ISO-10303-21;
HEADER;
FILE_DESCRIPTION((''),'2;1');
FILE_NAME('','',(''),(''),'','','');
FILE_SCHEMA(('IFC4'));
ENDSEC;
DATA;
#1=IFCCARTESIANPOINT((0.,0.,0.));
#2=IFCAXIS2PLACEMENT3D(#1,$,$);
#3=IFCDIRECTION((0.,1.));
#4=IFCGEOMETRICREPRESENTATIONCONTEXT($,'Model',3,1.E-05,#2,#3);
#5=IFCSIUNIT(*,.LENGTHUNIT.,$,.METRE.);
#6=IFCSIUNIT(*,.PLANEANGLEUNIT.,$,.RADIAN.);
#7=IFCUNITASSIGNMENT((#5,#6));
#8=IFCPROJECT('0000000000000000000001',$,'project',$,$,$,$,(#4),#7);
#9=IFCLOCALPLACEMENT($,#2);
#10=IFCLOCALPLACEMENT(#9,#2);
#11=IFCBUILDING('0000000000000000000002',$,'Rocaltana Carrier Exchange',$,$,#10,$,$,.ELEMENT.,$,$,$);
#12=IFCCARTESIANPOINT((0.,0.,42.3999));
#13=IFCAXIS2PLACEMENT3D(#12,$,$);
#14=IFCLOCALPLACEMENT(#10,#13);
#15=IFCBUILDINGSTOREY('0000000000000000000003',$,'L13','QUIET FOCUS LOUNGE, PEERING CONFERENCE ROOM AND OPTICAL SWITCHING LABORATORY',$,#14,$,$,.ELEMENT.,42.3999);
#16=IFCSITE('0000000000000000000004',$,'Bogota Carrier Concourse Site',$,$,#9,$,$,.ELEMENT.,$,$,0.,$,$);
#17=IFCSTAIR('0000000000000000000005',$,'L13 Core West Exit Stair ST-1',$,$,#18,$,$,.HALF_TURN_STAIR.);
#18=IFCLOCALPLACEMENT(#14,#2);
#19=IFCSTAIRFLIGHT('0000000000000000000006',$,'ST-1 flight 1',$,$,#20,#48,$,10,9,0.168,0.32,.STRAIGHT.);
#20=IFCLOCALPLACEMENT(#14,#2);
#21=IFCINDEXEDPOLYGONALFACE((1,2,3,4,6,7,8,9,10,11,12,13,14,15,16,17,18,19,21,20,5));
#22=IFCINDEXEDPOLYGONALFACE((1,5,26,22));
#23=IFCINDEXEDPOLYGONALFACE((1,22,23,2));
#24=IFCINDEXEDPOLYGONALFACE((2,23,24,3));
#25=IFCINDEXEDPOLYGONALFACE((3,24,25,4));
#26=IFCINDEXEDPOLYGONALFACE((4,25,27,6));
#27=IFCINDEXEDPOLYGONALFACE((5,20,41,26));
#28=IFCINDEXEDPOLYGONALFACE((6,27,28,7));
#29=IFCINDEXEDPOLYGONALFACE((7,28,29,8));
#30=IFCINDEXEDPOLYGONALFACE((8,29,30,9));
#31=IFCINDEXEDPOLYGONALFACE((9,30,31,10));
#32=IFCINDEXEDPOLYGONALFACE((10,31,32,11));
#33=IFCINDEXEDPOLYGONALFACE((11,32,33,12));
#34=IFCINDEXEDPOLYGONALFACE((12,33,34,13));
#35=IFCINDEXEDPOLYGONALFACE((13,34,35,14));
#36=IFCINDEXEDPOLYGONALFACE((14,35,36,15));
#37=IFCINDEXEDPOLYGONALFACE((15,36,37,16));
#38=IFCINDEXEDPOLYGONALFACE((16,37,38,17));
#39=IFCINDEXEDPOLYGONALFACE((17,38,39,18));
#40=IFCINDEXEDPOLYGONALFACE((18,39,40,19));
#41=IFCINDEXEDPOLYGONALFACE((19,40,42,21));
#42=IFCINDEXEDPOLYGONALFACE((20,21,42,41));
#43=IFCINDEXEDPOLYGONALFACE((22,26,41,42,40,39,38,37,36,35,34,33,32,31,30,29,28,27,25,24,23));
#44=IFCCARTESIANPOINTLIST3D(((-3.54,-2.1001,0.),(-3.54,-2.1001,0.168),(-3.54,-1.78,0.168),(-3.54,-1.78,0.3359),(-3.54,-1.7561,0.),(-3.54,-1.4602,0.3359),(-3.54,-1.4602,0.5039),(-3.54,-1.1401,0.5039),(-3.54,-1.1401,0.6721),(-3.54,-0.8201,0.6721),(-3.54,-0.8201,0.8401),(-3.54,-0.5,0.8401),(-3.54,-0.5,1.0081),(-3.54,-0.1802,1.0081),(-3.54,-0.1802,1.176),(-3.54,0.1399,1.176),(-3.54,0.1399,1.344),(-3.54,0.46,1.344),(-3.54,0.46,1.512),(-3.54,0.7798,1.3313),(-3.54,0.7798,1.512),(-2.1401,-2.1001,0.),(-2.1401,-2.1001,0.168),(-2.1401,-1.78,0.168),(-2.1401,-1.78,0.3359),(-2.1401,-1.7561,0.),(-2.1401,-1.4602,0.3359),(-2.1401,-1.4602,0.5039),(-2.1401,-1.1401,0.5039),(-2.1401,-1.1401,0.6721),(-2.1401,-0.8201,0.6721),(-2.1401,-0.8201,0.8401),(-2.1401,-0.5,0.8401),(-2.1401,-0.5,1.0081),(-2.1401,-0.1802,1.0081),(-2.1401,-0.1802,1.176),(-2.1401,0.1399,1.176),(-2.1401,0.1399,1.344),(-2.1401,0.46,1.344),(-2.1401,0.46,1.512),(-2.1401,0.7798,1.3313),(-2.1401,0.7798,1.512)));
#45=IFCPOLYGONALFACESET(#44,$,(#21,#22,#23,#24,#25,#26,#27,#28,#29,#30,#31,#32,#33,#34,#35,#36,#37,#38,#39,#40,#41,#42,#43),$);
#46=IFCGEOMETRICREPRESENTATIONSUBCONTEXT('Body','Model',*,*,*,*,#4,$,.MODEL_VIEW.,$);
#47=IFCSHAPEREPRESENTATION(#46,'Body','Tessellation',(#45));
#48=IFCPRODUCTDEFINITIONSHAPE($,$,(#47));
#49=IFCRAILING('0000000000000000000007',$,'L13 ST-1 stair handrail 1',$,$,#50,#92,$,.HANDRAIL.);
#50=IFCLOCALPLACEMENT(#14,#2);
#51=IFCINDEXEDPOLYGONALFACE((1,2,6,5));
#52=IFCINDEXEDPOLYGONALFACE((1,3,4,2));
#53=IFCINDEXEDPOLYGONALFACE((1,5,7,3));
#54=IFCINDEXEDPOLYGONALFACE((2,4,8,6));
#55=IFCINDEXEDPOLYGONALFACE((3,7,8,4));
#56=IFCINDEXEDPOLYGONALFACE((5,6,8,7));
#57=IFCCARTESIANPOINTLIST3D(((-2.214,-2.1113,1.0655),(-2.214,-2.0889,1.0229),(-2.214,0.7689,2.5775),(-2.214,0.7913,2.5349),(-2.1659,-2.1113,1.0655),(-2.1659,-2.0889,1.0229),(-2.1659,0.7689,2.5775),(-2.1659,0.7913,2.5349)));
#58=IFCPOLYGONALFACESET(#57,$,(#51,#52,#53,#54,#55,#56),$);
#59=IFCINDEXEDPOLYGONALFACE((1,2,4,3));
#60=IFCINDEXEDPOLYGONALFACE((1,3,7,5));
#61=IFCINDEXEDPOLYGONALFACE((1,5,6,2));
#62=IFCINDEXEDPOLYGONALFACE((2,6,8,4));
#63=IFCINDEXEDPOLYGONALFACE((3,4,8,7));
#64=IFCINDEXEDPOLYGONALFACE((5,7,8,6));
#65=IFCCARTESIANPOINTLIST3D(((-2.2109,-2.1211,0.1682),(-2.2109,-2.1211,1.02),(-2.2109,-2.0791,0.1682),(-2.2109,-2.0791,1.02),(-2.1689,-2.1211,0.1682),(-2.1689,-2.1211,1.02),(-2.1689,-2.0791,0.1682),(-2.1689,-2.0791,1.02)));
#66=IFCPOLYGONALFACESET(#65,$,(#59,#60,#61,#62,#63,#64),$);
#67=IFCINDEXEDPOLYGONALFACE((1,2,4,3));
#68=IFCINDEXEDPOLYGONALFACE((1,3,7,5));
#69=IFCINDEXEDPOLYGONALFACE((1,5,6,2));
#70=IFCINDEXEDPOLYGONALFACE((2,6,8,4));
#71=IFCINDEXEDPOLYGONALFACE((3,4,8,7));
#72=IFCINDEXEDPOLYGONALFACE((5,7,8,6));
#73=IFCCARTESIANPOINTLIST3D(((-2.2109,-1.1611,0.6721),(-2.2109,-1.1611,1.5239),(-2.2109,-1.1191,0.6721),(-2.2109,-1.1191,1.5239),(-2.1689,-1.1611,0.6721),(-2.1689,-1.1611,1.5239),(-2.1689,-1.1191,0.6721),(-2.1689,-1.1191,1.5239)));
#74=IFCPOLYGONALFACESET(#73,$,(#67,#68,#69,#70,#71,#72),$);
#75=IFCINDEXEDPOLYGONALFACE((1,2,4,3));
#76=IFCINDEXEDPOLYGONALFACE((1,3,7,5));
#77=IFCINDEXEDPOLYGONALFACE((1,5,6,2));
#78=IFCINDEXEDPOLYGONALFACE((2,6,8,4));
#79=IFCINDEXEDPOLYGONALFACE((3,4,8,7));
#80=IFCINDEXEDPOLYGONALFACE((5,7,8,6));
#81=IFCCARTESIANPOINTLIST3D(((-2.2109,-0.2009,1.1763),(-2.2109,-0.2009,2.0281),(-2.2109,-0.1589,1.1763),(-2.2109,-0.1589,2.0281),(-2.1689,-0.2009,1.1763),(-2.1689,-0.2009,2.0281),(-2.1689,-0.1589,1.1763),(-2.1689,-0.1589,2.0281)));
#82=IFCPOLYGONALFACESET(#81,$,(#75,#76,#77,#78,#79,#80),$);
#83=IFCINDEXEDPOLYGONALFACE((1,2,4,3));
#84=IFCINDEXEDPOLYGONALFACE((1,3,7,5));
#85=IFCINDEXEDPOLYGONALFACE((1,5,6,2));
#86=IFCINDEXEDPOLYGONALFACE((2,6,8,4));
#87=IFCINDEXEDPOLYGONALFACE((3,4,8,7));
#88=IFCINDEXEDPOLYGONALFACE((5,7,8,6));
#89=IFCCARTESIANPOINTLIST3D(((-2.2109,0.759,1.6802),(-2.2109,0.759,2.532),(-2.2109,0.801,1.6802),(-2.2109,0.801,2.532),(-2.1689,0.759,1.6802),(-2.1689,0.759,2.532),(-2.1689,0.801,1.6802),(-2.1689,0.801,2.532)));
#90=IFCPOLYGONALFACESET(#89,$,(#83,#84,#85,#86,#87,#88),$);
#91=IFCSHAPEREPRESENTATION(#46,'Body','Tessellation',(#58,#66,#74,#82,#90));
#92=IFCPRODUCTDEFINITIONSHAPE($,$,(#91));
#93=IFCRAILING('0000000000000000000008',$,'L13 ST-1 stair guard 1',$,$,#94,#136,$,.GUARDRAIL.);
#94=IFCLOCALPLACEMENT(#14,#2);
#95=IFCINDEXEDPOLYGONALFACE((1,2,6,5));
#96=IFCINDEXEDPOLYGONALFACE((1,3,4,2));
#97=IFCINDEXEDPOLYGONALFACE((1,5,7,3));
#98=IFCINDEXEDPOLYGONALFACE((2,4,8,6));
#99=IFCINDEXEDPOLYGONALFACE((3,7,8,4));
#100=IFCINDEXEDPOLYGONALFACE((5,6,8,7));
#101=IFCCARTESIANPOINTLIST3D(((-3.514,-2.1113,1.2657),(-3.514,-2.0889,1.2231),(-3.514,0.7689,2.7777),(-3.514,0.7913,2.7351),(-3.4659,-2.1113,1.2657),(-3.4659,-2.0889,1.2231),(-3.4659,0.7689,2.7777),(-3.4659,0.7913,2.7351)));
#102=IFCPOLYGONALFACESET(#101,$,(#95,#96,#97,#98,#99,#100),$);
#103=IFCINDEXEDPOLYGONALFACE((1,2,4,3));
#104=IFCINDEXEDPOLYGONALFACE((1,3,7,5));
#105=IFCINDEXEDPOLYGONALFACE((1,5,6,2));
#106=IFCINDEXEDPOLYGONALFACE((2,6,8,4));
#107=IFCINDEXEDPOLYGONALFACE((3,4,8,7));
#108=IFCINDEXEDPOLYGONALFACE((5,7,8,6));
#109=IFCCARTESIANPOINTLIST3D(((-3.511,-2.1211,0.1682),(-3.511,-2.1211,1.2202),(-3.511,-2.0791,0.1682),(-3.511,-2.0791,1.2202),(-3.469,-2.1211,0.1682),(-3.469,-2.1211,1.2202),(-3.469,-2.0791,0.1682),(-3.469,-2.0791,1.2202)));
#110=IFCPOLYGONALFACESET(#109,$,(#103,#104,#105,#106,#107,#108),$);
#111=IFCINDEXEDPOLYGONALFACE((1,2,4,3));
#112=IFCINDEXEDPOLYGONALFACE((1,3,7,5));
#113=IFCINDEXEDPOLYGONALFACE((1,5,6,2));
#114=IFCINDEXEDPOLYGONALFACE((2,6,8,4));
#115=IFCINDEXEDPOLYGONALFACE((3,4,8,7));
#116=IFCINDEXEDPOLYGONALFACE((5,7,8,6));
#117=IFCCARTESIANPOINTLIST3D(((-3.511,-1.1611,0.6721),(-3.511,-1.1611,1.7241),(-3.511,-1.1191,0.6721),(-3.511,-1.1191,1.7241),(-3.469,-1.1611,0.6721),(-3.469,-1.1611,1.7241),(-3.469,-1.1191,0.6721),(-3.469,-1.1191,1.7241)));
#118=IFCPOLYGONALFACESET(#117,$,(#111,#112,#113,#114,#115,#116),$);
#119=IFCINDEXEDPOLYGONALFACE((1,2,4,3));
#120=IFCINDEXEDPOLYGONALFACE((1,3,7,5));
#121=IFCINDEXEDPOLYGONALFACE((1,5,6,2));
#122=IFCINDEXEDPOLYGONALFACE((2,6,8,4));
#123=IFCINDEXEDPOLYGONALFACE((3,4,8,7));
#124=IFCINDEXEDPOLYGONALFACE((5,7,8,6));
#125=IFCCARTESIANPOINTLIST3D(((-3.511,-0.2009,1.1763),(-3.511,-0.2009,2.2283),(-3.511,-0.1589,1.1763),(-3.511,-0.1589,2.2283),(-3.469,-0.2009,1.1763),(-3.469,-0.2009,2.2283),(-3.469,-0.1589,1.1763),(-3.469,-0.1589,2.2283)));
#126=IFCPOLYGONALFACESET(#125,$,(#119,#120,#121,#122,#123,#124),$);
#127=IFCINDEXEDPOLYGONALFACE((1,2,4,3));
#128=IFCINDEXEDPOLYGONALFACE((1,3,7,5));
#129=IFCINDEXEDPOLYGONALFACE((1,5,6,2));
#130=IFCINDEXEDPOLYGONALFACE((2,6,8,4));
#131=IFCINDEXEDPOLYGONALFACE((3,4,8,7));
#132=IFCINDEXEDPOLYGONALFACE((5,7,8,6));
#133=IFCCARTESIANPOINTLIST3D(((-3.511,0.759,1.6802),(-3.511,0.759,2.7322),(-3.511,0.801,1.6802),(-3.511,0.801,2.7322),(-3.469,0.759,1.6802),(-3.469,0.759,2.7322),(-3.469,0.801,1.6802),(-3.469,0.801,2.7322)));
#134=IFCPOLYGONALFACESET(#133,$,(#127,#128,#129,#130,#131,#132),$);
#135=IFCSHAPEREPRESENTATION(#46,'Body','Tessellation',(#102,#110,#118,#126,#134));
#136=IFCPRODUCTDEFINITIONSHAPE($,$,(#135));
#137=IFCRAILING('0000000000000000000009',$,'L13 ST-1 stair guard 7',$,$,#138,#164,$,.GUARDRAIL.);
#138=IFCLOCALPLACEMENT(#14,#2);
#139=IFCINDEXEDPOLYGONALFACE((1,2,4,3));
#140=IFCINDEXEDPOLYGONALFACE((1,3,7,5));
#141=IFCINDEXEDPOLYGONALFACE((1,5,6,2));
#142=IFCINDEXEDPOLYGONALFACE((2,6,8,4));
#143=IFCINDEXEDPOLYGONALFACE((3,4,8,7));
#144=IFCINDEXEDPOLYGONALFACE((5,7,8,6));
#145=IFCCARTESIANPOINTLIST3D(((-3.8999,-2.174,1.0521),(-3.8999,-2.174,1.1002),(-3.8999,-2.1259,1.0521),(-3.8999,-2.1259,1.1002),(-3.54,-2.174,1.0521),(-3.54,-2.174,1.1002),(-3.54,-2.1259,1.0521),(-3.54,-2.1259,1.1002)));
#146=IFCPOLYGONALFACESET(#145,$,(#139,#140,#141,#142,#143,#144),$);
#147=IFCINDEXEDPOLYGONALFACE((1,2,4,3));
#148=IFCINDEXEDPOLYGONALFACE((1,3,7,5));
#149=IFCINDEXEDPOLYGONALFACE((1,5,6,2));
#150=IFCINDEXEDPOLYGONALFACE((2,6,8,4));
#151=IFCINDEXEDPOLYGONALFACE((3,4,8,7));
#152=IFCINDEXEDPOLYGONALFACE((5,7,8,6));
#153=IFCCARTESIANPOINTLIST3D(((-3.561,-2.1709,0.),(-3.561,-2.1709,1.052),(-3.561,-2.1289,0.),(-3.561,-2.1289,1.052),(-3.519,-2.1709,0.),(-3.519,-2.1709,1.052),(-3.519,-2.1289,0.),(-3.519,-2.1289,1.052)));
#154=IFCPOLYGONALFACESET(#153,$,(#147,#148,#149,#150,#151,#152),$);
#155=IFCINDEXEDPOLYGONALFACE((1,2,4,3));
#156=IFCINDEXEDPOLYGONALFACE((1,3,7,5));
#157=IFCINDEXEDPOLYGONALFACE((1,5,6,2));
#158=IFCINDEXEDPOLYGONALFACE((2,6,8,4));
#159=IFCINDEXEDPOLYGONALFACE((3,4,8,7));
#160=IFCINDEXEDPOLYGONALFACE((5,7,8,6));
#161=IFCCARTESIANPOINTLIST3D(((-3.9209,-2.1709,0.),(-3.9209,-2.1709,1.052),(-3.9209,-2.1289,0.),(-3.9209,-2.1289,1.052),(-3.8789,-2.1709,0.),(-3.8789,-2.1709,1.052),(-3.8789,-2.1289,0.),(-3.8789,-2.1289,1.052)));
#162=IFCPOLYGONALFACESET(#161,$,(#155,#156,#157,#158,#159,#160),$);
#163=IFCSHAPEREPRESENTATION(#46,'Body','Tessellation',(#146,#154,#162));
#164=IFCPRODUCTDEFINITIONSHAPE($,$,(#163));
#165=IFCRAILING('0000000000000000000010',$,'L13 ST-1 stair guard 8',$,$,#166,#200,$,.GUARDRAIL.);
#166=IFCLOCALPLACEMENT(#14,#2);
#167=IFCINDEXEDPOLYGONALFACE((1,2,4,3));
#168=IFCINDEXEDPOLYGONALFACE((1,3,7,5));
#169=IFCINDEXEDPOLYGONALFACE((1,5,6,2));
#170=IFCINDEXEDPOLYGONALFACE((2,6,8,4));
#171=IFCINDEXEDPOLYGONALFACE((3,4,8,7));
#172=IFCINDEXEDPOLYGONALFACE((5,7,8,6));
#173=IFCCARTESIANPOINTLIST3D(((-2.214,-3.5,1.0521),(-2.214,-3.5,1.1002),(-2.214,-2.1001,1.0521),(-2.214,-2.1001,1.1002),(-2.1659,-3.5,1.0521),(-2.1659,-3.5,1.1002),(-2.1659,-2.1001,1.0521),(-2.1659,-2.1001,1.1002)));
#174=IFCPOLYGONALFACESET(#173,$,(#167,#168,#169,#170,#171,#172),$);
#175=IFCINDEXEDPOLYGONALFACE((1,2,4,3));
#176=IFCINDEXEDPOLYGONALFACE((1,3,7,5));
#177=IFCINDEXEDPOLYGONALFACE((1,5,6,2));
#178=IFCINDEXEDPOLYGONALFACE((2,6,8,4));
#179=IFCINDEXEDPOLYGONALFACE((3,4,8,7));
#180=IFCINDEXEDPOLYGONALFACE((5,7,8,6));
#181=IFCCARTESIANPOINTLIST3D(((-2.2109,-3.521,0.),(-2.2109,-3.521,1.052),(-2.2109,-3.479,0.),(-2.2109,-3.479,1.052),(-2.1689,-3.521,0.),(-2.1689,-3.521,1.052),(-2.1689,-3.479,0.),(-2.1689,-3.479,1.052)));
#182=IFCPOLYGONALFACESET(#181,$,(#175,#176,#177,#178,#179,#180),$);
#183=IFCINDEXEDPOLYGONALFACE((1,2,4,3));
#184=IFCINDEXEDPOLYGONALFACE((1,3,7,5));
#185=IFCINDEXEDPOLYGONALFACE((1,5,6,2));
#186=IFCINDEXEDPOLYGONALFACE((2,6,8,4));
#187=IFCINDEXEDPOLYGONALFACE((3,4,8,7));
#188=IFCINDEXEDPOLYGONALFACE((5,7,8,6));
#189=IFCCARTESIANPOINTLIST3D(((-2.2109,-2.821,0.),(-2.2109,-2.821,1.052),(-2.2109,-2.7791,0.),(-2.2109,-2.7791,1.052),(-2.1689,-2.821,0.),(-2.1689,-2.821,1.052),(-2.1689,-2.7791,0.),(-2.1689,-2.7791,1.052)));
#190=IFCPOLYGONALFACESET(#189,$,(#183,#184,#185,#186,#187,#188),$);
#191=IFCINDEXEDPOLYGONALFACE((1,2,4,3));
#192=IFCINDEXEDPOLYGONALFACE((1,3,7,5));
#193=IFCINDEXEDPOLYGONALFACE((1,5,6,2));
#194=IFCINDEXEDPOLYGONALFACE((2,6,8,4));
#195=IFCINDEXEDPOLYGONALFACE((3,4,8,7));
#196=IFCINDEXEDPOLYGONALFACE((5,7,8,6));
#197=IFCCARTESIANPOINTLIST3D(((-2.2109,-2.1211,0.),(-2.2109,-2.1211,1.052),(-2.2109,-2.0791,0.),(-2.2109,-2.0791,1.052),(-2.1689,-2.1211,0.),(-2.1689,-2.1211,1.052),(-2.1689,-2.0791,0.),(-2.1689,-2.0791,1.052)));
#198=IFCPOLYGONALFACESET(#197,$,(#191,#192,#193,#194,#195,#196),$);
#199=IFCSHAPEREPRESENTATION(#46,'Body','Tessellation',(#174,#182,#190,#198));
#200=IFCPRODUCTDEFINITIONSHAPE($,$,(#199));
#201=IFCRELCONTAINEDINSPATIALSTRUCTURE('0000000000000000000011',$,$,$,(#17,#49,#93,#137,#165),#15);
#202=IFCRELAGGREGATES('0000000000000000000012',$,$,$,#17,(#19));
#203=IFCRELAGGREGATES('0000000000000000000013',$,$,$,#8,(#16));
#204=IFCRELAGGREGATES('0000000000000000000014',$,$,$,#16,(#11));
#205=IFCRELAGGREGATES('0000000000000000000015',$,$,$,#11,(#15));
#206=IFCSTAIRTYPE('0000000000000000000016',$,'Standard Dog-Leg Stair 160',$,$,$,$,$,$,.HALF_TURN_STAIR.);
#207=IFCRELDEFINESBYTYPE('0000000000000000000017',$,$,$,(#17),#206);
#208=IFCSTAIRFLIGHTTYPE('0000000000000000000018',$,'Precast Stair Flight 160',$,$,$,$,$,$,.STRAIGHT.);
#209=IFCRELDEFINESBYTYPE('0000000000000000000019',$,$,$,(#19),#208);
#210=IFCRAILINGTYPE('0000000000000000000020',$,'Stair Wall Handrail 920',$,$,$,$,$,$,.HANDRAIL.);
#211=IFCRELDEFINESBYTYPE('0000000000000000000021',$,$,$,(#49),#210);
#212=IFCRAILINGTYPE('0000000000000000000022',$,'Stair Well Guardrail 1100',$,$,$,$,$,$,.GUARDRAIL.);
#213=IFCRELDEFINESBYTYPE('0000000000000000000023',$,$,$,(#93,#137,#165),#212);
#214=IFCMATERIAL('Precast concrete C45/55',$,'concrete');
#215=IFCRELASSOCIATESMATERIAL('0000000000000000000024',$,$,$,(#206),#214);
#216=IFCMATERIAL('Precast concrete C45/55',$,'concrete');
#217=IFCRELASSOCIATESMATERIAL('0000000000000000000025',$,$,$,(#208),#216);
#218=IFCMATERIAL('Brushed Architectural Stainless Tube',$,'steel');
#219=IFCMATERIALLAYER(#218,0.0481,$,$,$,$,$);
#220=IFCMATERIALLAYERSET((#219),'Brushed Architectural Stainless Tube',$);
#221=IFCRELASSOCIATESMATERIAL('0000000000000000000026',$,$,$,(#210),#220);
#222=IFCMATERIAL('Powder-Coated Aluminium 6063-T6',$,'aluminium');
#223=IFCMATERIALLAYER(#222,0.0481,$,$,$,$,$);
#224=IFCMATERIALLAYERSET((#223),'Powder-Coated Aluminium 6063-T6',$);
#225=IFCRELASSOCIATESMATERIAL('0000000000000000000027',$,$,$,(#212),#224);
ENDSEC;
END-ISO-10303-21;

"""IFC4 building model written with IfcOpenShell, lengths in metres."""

from ifc_helpers import new_model, si_unit, direction, frame, origin, origin_2d, place, context, subcontext, project, spatial, polyline, rectangle, outline, extrude, material, layer, layer_set, type_object, element, aggregate, save


model = new_model("IFC4")

# Units and contexts
model_context = context("Model", 3, precision=1e-05, world=origin(), true_north=direction((0.0, 1.0)))
body_context = subcontext(model_context, "Body", "Model", "MODEL_VIEW")
ifc_project = project(units=[si_unit("LENGTHUNIT", "METRE"), si_unit("PLANEANGLEUNIT", "RADIAN")], contexts=[model_context])

# Site, building, storey
site_placement = place(None, origin())
site = spatial("IfcSite", under=ifc_project, at=site_placement, Name="Bogota Carrier Concourse Site", CompositionType="ELEMENT", RefElevation=0.0)
building_placement = place(site_placement, origin())
building = spatial("IfcBuilding", under=site, at=building_placement, Name="Rocaltana Carrier Exchange", CompositionType="ELEMENT")
storey_placement = place(building_placement, frame((0.0, 0.0, 42.3999)))
storey = spatial("IfcBuildingStorey", under=building, at=storey_placement, Name="L13", Description="QUIET FOCUS LOUNGE, PEERING CONFERENCE ROOM AND OPTICAL SWITCHING LABORATORY", CompositionType="ELEMENT", Elevation=42.3999)

# Stair, stair flight
ifc_material_1 = material(Name="Precast concrete C45/55", Category="concrete")
stair_type = type_object("IfcStairType", Name="Standard Dog-Leg Stair 160", PredefinedType="HALF_TURN_STAIR", material=ifc_material_1)
stair_placement = place(storey_placement, origin())
stair = element("IfcStair", 1, at=stair_placement, inside=storey, type_object=stair_type, Name="L13 Core West Exit Stair ST-1", PredefinedType="HALF_TURN_STAIR")
ifc_material_2 = material(Name="Precast concrete C45/55", Category="concrete")
stair_flight_type = type_object("IfcStairFlightType", Name="Precast Stair Flight 160", PredefinedType="STRAIGHT", material=ifc_material_2)
stair_flight_placement = place(storey_placement, frame((-2.8401, -2.1001, 0.0), z_axis=(0.0, 0.0, 1.0), x_axis=(0.0, 1.0, 0.0)))
stair_flight = element("IfcStairFlight", 2, at=stair_flight_placement, type_object=stair_flight_type, Name="ST-1 flight 1", NumberOfRisers=10, NumberOfTreads=9, PredefinedType="STRAIGHT", RiserHeight=0.168, TreadLength=0.32, context=body_context, shape_type="SweptSolid", body=[
    extrude(outline(polyline([(0.0, 0.0), (0.0, 0.168), (0.3201, 0.168), (0.3201, 0.3359), (0.6399, 0.3359), (0.6399, 0.5039), (0.96, 0.5039), (0.96, 0.6721), (1.28, 0.6721), (1.28, 0.8401), (1.6001, 0.8401), (1.6001, 1.0081), (1.9199, 1.0081), (1.9199, 1.176), (2.24, 1.176), (2.24, 1.344), (2.5601, 1.344), (2.5601, 1.512), (2.8799, 1.512), (2.8799, 1.6799), (2.8799, 1.3313), (0.344, 0.0), (0.0, 0.0)])), frame((0.0, 0.7, 0.0), z_axis=(0.0, -1.0, 0.0), x_axis=(1.0, 0.0, 0.0)), (0.0, 0.0, 1.0), 1.3999),
])
aggregate(stair, [stair_flight])

# Railings
ifc_material_3 = material(Name="Brushed Architectural Stainless Tube", Category="steel")
ifc_layer_1 = layer(ifc_material_3, 0.0481)
ifc_layer_set_1 = layer_set([ifc_layer_1], Name="Brushed Architectural Stainless Tube")
railing_type_1 = type_object("IfcRailingType", Name="Stair Wall Handrail 920", PredefinedType="HANDRAIL", material=ifc_layer_set_1)
railing_1_placement = place(storey_placement, frame((-2.1899, -2.1001, 0.1682)))
element("IfcRailing", 3, at=railing_1_placement, inside=storey, type_object=railing_type_1, Name="L13 ST-1 stair handrail 1", PredefinedType="HANDRAIL", context=body_context, shape_type="SweptSolid", body=[
    extrude(rectangle(XDim=0.0481, YDim=0.0481, at=origin_2d()), frame((0.0, 0.0, 0.876), z_axis=(0.0, 0.885411, 0.464809), x_axis=(-1.0, 0.0, 0.0)), (0.0, 0.0, 1.0), 3.2529),
    extrude(rectangle(XDim=0.042, YDim=0.042, at=origin_2d()), origin(), (0.0, 0.0, 1.0), 0.8518),
    extrude(rectangle(XDim=0.042, YDim=0.042, at=origin_2d()), frame((0.0, 0.96, 0.5039)), (0.0, 0.0, 1.0), 0.8518),
    extrude(rectangle(XDim=0.042, YDim=0.042, at=origin_2d()), frame((0.0, 1.9202, 1.0081)), (0.0, 0.0, 1.0), 0.8518),
    extrude(rectangle(XDim=0.042, YDim=0.042, at=origin_2d()), frame((0.0, 2.8801, 1.512)), (0.0, 0.0, 1.0), 0.8518),
])
ifc_material_4 = material(Name="Powder-Coated Aluminium 6063-T6", Category="aluminium")
ifc_layer_2 = layer(ifc_material_4, 0.0481)
ifc_layer_set_2 = layer_set([ifc_layer_2], Name="Powder-Coated Aluminium 6063-T6")
railing_type_2 = type_object("IfcRailingType", Name="Stair Well Guardrail 1100", PredefinedType="GUARDRAIL", material=ifc_layer_set_2)
railing_2_placement = place(storey_placement, frame((-3.49, -2.1001, 0.1682)))
element("IfcRailing", 4, at=railing_2_placement, inside=storey, type_object=railing_type_2, Name="L13 ST-1 stair guard 1", PredefinedType="GUARDRAIL", context=body_context, shape_type="SweptSolid", body=[
    extrude(rectangle(XDim=0.0481, YDim=0.0481, at=origin_2d()), frame((0.0, 0.0, 1.0762), z_axis=(0.0, 0.885411, 0.464809), x_axis=(-1.0, 0.0, 0.0)), (0.0, 0.0, 1.0), 3.2529),
    extrude(rectangle(XDim=0.042, YDim=0.042, at=origin_2d()), origin(), (0.0, 0.0, 1.0), 1.052),
    extrude(rectangle(XDim=0.042, YDim=0.042, at=origin_2d()), frame((0.0, 0.96, 0.5039)), (0.0, 0.0, 1.0), 1.052),
    extrude(rectangle(XDim=0.042, YDim=0.042, at=origin_2d()), frame((0.0, 1.9202, 1.0081)), (0.0, 0.0, 1.0), 1.052),
    extrude(rectangle(XDim=0.042, YDim=0.042, at=origin_2d()), frame((0.0, 2.8801, 1.512)), (0.0, 0.0, 1.0), 1.052),
])
railing_3_placement = place(storey_placement, frame((-3.54, -2.1499, 0.0)))
element("IfcRailing", 5, at=railing_3_placement, inside=storey, type_object=railing_type_2, Name="L13 ST-1 stair guard 7", PredefinedType="GUARDRAIL", context=body_context, shape_type="SweptSolid", body=[
    extrude(rectangle(XDim=0.0481, YDim=0.0481, at=origin_2d()), frame((0.0, 0.0, 1.0762), z_axis=(-1.0, 0.0, 0.0), x_axis=(0.0, -1.0, 0.0)), (0.0, 0.0, 1.0), 0.3599),
    extrude(rectangle(XDim=0.042, YDim=0.042, at=origin_2d()), origin(), (0.0, 0.0, 1.0), 1.052),
    extrude(rectangle(XDim=0.042, YDim=0.042, at=origin_2d()), frame((-0.3599, 0.0, 0.0)), (0.0, 0.0, 1.0), 1.052),
])
for number, where, name in (
    (6, (-2.1899, -3.5, 0.0), "L13 ST-1 stair guard 8"),
):
    element("IfcRailing", number, at=place(storey_placement, frame(where)), inside=storey, type_object=railing_type_2, Name=name, PredefinedType="GUARDRAIL", context=body_context, shape_type="SweptSolid", body=[
        extrude(rectangle(XDim=0.0481, YDim=0.0481, at=origin_2d()), frame((0.0, 0.0, 1.0762), z_axis=(0.0, 1.0, 0.0), x_axis=(-1.0, 0.0, 0.0)), (0.0, 0.0, 1.0), 1.3999),
        extrude(rectangle(XDim=0.042, YDim=0.042, at=origin_2d()), origin(), (0.0, 0.0, 1.0), 1.052),
        extrude(rectangle(XDim=0.042, YDim=0.042, at=origin_2d()), frame((0.0, 0.7, 0.0)), (0.0, 0.0, 1.0), 1.052),
        extrude(rectangle(XDim=0.042, YDim=0.042, at=origin_2d()), frame((0.0, 1.3999, 0.0)), (0.0, 0.0, 1.0), 1.052),
    ])

save(model, "model.ifc")
